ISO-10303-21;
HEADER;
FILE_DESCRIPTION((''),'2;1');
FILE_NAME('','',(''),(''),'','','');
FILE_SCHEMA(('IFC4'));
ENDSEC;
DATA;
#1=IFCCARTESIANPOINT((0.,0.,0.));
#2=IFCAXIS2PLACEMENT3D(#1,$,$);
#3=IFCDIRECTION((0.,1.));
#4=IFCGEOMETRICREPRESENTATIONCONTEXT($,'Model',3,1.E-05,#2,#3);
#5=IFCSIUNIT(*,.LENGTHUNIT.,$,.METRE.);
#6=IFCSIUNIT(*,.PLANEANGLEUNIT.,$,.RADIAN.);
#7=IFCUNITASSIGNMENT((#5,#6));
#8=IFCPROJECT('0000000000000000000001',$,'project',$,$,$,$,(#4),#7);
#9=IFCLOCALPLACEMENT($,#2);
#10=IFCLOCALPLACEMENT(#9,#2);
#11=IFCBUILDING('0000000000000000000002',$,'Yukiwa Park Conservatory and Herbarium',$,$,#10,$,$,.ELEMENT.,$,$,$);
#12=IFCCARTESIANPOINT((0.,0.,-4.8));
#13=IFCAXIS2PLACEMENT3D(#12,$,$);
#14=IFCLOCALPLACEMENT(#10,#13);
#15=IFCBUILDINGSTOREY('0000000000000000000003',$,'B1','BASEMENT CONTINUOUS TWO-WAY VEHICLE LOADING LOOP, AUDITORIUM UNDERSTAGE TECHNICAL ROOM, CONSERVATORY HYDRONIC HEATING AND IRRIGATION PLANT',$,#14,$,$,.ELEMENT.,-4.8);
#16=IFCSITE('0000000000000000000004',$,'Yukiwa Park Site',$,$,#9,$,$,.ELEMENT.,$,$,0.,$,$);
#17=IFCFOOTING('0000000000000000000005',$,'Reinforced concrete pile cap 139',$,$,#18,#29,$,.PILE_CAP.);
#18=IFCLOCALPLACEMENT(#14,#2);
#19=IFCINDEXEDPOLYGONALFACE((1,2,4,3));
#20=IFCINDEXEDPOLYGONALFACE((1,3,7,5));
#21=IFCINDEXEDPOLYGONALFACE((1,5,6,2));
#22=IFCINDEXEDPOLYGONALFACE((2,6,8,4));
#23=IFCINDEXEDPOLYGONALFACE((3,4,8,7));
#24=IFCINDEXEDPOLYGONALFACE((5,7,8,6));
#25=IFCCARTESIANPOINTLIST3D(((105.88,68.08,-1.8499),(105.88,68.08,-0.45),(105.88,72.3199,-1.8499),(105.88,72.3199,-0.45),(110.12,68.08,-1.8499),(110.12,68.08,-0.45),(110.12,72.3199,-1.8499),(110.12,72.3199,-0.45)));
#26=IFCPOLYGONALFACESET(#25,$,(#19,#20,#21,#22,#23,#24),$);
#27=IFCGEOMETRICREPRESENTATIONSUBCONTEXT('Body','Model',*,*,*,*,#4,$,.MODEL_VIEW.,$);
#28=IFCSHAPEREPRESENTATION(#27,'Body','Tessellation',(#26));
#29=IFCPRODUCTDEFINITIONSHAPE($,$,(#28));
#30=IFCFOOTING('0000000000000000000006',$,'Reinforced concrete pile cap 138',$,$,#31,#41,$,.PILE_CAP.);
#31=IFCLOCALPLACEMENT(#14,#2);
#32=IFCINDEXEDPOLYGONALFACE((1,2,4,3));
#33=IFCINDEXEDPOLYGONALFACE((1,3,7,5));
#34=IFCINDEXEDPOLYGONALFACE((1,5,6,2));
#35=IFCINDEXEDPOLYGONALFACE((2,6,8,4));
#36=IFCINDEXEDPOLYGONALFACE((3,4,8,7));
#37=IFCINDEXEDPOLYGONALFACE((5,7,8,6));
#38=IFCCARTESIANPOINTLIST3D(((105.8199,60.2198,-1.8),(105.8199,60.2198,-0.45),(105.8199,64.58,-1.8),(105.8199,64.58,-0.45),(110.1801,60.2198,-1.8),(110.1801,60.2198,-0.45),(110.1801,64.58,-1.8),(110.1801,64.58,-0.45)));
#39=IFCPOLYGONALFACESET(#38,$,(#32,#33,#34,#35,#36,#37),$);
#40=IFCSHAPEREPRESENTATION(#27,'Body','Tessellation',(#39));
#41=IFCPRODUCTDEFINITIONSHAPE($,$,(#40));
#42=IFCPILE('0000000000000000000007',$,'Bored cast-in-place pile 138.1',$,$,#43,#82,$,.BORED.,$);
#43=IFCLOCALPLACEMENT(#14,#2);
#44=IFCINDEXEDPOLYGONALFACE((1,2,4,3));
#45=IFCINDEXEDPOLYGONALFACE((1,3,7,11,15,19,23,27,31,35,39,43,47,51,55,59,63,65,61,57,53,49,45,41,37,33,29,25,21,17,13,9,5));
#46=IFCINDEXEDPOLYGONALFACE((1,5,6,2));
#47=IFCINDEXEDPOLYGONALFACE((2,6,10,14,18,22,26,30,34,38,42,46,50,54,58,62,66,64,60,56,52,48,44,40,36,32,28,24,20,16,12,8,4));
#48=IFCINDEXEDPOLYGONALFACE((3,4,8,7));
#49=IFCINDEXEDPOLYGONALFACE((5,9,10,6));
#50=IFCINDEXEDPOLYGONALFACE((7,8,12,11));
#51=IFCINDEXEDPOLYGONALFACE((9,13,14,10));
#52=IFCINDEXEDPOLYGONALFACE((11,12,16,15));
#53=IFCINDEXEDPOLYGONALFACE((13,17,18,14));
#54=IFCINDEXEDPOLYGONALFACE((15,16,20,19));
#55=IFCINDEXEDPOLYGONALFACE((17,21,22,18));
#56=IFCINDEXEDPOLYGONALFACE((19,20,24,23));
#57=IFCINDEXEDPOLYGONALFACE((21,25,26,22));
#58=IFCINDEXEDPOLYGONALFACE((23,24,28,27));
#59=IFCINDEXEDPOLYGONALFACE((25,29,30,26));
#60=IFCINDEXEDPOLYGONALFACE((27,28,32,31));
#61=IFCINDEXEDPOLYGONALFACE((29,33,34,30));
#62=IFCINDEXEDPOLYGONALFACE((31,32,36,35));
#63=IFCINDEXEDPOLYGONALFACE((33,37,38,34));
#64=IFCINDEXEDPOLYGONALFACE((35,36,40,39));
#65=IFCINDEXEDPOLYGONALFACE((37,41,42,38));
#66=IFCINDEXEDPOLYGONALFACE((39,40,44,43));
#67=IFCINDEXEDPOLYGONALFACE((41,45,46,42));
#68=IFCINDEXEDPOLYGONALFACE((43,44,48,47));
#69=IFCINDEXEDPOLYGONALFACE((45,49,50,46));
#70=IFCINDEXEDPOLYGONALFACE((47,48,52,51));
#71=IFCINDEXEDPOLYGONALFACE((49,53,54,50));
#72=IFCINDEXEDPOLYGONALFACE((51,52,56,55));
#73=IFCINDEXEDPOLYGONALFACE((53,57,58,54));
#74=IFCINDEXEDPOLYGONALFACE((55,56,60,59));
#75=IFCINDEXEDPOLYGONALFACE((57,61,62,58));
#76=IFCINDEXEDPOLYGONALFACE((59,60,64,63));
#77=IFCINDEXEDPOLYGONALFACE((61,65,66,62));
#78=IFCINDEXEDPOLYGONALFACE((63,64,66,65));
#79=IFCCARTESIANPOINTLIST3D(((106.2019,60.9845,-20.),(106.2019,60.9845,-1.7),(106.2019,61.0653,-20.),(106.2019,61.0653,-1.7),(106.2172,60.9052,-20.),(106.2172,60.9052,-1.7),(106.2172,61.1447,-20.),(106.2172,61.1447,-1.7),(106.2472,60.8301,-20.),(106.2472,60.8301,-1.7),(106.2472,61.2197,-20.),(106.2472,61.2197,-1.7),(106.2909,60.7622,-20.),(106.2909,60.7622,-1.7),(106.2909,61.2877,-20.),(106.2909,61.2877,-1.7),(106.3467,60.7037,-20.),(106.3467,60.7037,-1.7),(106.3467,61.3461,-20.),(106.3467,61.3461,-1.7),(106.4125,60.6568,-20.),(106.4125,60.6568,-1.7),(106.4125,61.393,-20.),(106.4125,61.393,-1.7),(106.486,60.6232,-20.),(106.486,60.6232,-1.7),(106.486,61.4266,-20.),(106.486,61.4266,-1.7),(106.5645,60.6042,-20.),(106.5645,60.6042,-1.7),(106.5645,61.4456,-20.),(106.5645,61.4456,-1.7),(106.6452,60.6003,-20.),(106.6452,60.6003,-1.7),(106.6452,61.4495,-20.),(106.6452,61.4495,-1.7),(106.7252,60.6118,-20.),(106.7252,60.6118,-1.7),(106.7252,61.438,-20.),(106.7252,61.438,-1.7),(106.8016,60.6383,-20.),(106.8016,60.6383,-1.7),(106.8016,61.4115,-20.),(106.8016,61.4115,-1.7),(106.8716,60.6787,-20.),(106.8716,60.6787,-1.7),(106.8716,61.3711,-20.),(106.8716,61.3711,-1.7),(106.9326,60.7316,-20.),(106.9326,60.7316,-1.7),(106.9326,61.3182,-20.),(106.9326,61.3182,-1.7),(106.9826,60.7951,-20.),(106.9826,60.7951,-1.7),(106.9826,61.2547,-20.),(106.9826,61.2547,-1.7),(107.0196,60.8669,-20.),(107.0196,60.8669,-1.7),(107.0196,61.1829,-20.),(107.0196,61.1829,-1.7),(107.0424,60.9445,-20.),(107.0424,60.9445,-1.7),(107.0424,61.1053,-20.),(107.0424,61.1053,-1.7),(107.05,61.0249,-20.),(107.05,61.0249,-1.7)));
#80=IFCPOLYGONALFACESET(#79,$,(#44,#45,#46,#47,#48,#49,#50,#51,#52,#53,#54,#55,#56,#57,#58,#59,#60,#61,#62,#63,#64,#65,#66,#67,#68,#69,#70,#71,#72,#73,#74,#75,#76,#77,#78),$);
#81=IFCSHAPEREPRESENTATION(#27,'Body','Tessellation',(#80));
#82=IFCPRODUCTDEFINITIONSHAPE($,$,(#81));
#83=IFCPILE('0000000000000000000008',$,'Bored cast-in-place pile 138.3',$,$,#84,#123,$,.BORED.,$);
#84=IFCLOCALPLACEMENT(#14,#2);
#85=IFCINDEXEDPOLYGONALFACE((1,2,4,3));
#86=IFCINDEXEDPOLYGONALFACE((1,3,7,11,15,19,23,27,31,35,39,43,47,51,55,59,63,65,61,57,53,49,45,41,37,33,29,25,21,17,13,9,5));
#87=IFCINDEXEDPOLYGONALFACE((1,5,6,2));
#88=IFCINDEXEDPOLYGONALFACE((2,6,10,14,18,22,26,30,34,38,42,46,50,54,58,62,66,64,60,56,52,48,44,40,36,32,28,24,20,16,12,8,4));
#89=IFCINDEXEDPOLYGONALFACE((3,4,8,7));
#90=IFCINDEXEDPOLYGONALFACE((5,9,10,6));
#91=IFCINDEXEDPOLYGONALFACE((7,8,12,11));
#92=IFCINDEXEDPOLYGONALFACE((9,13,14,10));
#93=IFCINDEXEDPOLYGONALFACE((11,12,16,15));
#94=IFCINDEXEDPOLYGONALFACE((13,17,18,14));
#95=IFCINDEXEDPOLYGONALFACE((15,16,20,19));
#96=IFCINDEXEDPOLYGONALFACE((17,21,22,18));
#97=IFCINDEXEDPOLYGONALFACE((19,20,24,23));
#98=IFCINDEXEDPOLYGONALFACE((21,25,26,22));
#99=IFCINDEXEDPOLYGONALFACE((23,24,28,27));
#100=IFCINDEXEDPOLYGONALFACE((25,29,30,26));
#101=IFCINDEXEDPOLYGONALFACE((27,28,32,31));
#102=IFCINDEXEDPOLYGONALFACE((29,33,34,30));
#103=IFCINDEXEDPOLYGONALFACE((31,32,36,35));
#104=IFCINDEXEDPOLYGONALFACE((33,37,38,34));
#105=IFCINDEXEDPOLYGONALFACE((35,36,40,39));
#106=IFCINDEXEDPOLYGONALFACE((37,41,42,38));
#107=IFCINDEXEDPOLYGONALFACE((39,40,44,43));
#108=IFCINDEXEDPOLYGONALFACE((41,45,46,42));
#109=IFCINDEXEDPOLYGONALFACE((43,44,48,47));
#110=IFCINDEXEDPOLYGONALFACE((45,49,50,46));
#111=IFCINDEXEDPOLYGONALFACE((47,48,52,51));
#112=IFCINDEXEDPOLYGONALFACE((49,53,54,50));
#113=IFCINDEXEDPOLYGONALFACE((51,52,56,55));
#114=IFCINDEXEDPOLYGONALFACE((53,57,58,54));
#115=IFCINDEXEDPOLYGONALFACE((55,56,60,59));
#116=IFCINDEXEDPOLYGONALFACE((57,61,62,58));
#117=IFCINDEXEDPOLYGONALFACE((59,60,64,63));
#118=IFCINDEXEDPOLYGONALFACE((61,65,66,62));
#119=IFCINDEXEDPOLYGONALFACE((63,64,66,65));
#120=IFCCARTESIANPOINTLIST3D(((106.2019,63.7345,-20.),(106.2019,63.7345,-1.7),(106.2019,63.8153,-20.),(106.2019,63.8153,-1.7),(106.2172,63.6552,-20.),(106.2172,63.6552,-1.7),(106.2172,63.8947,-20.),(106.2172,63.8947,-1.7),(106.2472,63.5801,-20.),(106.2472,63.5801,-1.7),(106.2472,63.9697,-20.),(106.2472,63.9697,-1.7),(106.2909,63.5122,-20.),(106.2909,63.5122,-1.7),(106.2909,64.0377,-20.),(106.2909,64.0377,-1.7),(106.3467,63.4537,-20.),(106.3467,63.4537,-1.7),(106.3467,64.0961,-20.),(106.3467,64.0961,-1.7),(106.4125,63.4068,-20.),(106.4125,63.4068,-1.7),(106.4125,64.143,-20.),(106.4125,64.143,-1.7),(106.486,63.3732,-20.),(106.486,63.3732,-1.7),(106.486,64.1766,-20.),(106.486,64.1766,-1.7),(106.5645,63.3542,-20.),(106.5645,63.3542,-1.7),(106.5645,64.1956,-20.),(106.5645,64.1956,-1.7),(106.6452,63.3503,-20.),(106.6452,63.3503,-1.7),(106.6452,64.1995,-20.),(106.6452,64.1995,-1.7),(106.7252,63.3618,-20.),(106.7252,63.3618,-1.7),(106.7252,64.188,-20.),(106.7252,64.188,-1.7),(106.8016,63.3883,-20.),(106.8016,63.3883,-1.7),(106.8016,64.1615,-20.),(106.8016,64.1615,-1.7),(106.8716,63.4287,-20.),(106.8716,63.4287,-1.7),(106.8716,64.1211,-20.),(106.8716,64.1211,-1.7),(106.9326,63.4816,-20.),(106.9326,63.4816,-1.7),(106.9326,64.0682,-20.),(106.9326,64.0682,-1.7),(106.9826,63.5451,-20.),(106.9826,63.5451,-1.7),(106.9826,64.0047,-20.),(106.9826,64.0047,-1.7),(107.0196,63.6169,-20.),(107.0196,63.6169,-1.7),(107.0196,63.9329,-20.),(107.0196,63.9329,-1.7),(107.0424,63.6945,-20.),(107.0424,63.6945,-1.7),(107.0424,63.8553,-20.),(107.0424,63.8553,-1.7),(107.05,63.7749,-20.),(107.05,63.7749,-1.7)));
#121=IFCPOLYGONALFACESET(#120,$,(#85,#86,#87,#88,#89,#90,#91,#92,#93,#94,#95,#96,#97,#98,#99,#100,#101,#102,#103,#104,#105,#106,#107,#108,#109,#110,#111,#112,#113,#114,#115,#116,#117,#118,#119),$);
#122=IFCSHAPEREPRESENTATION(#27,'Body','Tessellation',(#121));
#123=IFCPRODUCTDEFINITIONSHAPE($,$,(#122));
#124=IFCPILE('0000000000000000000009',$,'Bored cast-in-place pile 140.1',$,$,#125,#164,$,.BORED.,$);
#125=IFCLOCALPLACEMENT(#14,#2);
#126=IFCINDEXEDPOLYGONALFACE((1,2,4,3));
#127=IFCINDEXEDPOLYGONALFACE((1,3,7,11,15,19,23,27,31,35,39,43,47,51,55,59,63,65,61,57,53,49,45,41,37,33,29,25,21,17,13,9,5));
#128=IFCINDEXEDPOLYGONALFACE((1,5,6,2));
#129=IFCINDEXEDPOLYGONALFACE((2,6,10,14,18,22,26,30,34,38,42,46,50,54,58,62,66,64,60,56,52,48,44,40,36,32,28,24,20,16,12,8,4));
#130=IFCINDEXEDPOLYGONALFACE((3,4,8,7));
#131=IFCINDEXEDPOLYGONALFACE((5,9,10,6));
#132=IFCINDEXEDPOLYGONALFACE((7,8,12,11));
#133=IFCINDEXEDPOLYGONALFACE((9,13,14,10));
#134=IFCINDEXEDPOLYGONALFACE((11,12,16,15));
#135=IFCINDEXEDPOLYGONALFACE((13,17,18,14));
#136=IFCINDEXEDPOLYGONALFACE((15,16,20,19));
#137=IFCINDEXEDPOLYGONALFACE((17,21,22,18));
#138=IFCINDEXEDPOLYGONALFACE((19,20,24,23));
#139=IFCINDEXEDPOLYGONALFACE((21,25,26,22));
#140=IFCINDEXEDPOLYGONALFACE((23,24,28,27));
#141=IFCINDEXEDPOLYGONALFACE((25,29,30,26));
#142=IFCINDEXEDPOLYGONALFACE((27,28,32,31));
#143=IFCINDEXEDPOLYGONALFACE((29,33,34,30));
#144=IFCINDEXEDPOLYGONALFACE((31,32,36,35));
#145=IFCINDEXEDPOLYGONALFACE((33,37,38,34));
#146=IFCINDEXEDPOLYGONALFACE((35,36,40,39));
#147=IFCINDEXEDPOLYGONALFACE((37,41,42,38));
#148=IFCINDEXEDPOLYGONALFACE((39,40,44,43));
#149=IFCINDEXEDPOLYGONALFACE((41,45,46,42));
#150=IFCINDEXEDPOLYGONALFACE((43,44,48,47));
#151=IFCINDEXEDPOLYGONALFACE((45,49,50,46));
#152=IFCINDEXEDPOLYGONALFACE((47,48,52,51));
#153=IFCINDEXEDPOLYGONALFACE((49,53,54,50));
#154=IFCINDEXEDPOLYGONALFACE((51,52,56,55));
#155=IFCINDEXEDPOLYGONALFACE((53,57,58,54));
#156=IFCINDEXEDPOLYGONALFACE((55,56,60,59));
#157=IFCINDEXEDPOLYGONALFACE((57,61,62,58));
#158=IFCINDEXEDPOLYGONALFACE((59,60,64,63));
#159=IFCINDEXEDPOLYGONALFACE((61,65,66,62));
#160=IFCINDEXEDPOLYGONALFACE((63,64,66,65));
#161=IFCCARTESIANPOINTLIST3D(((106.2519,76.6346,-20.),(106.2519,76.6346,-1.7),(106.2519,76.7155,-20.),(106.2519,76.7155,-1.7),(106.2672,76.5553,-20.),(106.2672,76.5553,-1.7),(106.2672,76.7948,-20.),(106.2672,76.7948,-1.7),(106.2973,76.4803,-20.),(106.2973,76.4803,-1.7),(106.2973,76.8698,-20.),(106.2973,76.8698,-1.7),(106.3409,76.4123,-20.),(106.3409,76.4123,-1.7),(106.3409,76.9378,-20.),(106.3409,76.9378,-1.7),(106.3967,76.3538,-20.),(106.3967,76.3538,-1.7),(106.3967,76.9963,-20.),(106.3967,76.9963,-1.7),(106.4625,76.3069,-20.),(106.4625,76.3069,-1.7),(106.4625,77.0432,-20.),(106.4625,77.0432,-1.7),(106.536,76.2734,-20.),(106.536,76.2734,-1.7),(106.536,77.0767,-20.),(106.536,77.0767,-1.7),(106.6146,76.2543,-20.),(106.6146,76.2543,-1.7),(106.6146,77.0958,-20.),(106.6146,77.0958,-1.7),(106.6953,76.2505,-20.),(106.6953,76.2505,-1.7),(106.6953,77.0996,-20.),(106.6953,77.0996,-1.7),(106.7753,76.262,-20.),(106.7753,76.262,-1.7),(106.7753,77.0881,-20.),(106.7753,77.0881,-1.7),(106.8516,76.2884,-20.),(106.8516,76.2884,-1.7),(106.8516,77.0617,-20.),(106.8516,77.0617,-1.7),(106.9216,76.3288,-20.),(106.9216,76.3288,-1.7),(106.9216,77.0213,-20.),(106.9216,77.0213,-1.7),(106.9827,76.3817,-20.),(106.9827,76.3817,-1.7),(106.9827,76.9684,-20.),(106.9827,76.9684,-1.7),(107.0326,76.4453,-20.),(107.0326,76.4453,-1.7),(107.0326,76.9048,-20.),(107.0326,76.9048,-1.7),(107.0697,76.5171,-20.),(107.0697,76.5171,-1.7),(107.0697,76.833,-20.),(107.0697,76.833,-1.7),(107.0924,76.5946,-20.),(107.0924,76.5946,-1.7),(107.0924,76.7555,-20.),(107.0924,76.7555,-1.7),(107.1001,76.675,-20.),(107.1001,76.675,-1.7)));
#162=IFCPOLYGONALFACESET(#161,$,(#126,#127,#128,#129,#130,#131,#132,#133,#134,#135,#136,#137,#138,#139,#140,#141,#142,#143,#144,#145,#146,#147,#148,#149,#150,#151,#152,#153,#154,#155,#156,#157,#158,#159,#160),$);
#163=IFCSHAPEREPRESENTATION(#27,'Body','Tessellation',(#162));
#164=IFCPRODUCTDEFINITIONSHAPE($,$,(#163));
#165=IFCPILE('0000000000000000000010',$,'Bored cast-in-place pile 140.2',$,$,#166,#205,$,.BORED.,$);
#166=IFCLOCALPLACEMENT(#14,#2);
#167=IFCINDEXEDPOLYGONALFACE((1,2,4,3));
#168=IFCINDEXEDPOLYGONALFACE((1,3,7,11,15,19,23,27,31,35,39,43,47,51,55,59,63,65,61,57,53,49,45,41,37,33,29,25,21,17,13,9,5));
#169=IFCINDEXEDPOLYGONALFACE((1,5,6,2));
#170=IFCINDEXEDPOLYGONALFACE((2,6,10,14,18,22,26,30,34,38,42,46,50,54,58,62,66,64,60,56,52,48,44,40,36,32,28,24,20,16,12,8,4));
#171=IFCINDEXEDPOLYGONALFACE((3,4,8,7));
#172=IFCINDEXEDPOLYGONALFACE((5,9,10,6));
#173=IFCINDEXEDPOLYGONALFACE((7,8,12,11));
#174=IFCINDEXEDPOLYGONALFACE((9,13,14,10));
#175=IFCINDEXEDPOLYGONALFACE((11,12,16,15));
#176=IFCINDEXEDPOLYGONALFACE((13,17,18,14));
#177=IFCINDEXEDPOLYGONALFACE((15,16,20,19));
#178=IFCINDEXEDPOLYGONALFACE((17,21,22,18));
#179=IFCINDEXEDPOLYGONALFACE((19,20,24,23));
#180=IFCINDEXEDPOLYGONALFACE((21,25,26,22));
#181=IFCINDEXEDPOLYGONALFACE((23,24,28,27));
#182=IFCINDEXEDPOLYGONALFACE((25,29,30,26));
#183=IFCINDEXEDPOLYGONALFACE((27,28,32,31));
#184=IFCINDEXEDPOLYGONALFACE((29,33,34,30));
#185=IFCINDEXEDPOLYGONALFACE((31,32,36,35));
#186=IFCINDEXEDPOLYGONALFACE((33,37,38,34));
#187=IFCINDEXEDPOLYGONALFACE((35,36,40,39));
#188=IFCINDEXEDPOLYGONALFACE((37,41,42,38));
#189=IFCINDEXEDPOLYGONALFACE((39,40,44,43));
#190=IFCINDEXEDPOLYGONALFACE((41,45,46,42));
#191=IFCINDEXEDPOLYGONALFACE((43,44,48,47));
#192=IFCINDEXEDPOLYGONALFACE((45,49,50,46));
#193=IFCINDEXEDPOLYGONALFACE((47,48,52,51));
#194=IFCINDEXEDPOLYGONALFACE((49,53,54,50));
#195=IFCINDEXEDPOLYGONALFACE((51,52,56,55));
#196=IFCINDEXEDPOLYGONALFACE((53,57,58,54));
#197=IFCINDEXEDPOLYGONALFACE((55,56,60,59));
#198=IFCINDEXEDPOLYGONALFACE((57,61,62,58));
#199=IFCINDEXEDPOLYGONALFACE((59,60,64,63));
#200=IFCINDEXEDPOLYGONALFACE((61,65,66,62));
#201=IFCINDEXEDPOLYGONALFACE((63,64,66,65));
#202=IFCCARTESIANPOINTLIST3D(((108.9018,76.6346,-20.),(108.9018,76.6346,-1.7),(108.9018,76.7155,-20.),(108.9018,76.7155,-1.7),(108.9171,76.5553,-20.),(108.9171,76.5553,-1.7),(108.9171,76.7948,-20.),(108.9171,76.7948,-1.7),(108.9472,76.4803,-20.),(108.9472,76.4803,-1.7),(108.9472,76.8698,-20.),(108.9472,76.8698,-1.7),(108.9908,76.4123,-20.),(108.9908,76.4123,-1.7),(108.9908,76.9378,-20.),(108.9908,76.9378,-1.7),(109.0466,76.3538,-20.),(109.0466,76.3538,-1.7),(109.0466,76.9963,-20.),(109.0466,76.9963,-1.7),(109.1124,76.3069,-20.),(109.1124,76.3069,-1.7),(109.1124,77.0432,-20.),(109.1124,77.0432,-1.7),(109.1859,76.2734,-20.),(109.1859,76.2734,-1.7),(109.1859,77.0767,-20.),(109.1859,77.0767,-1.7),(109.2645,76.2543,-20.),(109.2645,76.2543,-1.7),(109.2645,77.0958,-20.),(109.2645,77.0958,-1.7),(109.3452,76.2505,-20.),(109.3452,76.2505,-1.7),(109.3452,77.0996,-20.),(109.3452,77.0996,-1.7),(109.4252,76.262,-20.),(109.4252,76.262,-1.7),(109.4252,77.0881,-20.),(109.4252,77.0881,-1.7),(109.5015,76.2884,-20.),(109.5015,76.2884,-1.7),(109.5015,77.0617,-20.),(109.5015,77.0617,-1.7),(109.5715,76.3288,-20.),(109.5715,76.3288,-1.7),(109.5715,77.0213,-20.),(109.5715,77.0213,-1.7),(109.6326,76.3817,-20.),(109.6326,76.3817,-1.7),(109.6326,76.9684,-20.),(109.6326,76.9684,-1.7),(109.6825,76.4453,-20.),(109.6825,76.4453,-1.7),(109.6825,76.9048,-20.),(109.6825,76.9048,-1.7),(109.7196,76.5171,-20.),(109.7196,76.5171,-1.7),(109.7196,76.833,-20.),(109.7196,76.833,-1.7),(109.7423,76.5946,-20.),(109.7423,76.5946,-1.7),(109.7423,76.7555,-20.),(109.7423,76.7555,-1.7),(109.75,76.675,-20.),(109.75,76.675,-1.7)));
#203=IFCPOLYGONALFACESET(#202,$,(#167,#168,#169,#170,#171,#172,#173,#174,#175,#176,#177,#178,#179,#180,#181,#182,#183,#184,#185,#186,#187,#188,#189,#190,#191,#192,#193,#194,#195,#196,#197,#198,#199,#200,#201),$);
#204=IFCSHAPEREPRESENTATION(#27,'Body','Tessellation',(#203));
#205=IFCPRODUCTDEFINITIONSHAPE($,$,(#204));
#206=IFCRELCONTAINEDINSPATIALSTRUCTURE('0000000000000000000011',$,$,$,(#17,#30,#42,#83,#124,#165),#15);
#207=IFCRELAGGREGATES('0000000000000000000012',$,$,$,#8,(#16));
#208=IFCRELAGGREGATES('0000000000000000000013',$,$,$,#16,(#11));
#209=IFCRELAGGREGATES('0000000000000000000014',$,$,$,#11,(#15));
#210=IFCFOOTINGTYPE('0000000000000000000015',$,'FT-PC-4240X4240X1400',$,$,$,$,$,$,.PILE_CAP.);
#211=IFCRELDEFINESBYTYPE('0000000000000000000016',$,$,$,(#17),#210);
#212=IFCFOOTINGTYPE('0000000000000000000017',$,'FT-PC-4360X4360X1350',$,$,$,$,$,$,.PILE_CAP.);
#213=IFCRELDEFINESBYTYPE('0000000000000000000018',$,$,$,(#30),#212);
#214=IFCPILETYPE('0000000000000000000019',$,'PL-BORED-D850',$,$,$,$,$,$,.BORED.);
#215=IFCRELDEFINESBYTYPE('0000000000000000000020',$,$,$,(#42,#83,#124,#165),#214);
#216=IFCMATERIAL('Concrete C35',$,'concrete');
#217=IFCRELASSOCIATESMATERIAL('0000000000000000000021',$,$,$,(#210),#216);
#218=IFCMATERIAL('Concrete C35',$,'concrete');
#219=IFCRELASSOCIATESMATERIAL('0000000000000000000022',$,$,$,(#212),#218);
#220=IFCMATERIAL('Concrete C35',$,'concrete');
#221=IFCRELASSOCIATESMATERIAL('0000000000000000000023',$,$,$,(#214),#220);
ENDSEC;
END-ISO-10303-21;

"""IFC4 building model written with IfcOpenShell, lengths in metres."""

from ifc_helpers import new_model, si_unit, direction, frame, origin, origin_2d, place, context, subcontext, project, spatial, rectangle, circle, extrude, material, material_profile, profile_set, type_object, element, save


model = new_model("IFC4")

# Units and contexts
model_context = context("Model", 3, precision=1e-05, world=origin(), true_north=direction((0.0, 1.0)))
body_context = subcontext(model_context, "Body", "Model", "MODEL_VIEW")
ifc_project = project(units=[si_unit("LENGTHUNIT", "METRE"), si_unit("PLANEANGLEUNIT", "RADIAN")], contexts=[model_context])

# Site, building, storey
site_placement = place(None, origin())
site = spatial("IfcSite", under=ifc_project, at=site_placement, Name="Yukiwa Park Site", CompositionType="ELEMENT", RefElevation=0.0)
building_placement = place(site_placement, origin())
building = spatial("IfcBuilding", under=site, at=building_placement, Name="Yukiwa Park Conservatory and Herbarium", CompositionType="ELEMENT")
storey_placement = place(building_placement, frame((0.0, 0.0, -4.8)))
storey = spatial("IfcBuildingStorey", under=building, at=storey_placement, Name="B1", Description="BASEMENT CONTINUOUS TWO-WAY VEHICLE LOADING LOOP, AUDITORIUM UNDERSTAGE TECHNICAL ROOM, CONSERVATORY HYDRONIC HEATING AND IRRIGATION PLANT", CompositionType="ELEMENT", Elevation=-4.8)

# Footings
ifc_material_1 = material(Name="Concrete C35", Category="concrete")
footing_type_1 = type_object("IfcFootingType", Name="FT-PC-4240X4240X1400", PredefinedType="PILE_CAP", material=ifc_material_1)
footing_1_placement = place(storey_placement, frame((108.0, 70.2, -1.8499), z_axis=(0.0, 0.0, 1.0), x_axis=(1.0, 0.0, 0.0)))
element("IfcFooting", 1, at=footing_1_placement, inside=storey, type_object=footing_type_1, Name="Reinforced concrete pile cap 139", PredefinedType="PILE_CAP", context=body_context, shape_type="SweptSolid", body=[
    extrude(rectangle(XDim=4.24, YDim=4.24, at=origin_2d()), origin(), (0.0, 0.0, 1.0), 1.3999),
])
ifc_material_2 = material(Name="Concrete C35", Category="concrete")
footing_type_2 = type_object("IfcFootingType", Name="FT-PC-4360X4360X1350", PredefinedType="PILE_CAP", material=ifc_material_2)
footing_2_placement = place(storey_placement, frame((108.0, 62.3999, -1.8), z_axis=(0.0, 0.0, 1.0), x_axis=(1.0, 0.0, 0.0)))
element("IfcFooting", 2, at=footing_2_placement, inside=storey, type_object=footing_type_2, Name="Reinforced concrete pile cap 138", PredefinedType="PILE_CAP", context=body_context, shape_type="SweptSolid", body=[
    extrude(rectangle(XDim=4.3601, YDim=4.3601, at=origin_2d()), origin(), (0.0, 0.0, 1.0), 1.3501),
])

# Piles
ifc_material_3 = material(Name="Concrete C35", Category="concrete")
ifc_material_profile_1 = material_profile(ifc_material_3, circle(Radius=0.425, at=origin_2d()), Name="PILE D850")
ifc_profile_set_1 = profile_set([ifc_material_profile_1], Name="Concrete C35")
pile_type_1 = type_object("IfcPileType", Name="PL-BORED-D850", PredefinedType="BORED", material=ifc_profile_set_1)
for number, where, z_axis, x_axis, name in (
    (3, (106.625, 61.0249, -1.7), (0.0, 0.0, -1.0), (1.0, 0.0, 0.0), "Bored cast-in-place pile 138.1"),
    (4, (106.625, 63.7749, -1.7), (0.0, 0.0, -1.0), (1.0, 0.0, 0.0), "Bored cast-in-place pile 138.3"),
    (5, (106.675, 76.675, -1.7), (0.0, 0.0, -1.0), (1.0, 0.0, 0.0), "Bored cast-in-place pile 140.1"),
    (6, (109.325, 76.675, -1.7), (0.0, 0.0, -1.0), (1.0, 0.0, 0.0), "Bored cast-in-place pile 140.2"),
):
    element("IfcPile", number, at=place(storey_placement, frame(where, z_axis=z_axis, x_axis=x_axis)), inside=storey, type_object=pile_type_1, Name=name, PredefinedType="BORED", context=body_context, shape_type="SweptSolid", body=[
        extrude(circle(Radius=0.425, at=origin_2d()), origin(), (0.0, 0.0, 1.0), 18.3),
    ])

save(model, "model.ifc")
